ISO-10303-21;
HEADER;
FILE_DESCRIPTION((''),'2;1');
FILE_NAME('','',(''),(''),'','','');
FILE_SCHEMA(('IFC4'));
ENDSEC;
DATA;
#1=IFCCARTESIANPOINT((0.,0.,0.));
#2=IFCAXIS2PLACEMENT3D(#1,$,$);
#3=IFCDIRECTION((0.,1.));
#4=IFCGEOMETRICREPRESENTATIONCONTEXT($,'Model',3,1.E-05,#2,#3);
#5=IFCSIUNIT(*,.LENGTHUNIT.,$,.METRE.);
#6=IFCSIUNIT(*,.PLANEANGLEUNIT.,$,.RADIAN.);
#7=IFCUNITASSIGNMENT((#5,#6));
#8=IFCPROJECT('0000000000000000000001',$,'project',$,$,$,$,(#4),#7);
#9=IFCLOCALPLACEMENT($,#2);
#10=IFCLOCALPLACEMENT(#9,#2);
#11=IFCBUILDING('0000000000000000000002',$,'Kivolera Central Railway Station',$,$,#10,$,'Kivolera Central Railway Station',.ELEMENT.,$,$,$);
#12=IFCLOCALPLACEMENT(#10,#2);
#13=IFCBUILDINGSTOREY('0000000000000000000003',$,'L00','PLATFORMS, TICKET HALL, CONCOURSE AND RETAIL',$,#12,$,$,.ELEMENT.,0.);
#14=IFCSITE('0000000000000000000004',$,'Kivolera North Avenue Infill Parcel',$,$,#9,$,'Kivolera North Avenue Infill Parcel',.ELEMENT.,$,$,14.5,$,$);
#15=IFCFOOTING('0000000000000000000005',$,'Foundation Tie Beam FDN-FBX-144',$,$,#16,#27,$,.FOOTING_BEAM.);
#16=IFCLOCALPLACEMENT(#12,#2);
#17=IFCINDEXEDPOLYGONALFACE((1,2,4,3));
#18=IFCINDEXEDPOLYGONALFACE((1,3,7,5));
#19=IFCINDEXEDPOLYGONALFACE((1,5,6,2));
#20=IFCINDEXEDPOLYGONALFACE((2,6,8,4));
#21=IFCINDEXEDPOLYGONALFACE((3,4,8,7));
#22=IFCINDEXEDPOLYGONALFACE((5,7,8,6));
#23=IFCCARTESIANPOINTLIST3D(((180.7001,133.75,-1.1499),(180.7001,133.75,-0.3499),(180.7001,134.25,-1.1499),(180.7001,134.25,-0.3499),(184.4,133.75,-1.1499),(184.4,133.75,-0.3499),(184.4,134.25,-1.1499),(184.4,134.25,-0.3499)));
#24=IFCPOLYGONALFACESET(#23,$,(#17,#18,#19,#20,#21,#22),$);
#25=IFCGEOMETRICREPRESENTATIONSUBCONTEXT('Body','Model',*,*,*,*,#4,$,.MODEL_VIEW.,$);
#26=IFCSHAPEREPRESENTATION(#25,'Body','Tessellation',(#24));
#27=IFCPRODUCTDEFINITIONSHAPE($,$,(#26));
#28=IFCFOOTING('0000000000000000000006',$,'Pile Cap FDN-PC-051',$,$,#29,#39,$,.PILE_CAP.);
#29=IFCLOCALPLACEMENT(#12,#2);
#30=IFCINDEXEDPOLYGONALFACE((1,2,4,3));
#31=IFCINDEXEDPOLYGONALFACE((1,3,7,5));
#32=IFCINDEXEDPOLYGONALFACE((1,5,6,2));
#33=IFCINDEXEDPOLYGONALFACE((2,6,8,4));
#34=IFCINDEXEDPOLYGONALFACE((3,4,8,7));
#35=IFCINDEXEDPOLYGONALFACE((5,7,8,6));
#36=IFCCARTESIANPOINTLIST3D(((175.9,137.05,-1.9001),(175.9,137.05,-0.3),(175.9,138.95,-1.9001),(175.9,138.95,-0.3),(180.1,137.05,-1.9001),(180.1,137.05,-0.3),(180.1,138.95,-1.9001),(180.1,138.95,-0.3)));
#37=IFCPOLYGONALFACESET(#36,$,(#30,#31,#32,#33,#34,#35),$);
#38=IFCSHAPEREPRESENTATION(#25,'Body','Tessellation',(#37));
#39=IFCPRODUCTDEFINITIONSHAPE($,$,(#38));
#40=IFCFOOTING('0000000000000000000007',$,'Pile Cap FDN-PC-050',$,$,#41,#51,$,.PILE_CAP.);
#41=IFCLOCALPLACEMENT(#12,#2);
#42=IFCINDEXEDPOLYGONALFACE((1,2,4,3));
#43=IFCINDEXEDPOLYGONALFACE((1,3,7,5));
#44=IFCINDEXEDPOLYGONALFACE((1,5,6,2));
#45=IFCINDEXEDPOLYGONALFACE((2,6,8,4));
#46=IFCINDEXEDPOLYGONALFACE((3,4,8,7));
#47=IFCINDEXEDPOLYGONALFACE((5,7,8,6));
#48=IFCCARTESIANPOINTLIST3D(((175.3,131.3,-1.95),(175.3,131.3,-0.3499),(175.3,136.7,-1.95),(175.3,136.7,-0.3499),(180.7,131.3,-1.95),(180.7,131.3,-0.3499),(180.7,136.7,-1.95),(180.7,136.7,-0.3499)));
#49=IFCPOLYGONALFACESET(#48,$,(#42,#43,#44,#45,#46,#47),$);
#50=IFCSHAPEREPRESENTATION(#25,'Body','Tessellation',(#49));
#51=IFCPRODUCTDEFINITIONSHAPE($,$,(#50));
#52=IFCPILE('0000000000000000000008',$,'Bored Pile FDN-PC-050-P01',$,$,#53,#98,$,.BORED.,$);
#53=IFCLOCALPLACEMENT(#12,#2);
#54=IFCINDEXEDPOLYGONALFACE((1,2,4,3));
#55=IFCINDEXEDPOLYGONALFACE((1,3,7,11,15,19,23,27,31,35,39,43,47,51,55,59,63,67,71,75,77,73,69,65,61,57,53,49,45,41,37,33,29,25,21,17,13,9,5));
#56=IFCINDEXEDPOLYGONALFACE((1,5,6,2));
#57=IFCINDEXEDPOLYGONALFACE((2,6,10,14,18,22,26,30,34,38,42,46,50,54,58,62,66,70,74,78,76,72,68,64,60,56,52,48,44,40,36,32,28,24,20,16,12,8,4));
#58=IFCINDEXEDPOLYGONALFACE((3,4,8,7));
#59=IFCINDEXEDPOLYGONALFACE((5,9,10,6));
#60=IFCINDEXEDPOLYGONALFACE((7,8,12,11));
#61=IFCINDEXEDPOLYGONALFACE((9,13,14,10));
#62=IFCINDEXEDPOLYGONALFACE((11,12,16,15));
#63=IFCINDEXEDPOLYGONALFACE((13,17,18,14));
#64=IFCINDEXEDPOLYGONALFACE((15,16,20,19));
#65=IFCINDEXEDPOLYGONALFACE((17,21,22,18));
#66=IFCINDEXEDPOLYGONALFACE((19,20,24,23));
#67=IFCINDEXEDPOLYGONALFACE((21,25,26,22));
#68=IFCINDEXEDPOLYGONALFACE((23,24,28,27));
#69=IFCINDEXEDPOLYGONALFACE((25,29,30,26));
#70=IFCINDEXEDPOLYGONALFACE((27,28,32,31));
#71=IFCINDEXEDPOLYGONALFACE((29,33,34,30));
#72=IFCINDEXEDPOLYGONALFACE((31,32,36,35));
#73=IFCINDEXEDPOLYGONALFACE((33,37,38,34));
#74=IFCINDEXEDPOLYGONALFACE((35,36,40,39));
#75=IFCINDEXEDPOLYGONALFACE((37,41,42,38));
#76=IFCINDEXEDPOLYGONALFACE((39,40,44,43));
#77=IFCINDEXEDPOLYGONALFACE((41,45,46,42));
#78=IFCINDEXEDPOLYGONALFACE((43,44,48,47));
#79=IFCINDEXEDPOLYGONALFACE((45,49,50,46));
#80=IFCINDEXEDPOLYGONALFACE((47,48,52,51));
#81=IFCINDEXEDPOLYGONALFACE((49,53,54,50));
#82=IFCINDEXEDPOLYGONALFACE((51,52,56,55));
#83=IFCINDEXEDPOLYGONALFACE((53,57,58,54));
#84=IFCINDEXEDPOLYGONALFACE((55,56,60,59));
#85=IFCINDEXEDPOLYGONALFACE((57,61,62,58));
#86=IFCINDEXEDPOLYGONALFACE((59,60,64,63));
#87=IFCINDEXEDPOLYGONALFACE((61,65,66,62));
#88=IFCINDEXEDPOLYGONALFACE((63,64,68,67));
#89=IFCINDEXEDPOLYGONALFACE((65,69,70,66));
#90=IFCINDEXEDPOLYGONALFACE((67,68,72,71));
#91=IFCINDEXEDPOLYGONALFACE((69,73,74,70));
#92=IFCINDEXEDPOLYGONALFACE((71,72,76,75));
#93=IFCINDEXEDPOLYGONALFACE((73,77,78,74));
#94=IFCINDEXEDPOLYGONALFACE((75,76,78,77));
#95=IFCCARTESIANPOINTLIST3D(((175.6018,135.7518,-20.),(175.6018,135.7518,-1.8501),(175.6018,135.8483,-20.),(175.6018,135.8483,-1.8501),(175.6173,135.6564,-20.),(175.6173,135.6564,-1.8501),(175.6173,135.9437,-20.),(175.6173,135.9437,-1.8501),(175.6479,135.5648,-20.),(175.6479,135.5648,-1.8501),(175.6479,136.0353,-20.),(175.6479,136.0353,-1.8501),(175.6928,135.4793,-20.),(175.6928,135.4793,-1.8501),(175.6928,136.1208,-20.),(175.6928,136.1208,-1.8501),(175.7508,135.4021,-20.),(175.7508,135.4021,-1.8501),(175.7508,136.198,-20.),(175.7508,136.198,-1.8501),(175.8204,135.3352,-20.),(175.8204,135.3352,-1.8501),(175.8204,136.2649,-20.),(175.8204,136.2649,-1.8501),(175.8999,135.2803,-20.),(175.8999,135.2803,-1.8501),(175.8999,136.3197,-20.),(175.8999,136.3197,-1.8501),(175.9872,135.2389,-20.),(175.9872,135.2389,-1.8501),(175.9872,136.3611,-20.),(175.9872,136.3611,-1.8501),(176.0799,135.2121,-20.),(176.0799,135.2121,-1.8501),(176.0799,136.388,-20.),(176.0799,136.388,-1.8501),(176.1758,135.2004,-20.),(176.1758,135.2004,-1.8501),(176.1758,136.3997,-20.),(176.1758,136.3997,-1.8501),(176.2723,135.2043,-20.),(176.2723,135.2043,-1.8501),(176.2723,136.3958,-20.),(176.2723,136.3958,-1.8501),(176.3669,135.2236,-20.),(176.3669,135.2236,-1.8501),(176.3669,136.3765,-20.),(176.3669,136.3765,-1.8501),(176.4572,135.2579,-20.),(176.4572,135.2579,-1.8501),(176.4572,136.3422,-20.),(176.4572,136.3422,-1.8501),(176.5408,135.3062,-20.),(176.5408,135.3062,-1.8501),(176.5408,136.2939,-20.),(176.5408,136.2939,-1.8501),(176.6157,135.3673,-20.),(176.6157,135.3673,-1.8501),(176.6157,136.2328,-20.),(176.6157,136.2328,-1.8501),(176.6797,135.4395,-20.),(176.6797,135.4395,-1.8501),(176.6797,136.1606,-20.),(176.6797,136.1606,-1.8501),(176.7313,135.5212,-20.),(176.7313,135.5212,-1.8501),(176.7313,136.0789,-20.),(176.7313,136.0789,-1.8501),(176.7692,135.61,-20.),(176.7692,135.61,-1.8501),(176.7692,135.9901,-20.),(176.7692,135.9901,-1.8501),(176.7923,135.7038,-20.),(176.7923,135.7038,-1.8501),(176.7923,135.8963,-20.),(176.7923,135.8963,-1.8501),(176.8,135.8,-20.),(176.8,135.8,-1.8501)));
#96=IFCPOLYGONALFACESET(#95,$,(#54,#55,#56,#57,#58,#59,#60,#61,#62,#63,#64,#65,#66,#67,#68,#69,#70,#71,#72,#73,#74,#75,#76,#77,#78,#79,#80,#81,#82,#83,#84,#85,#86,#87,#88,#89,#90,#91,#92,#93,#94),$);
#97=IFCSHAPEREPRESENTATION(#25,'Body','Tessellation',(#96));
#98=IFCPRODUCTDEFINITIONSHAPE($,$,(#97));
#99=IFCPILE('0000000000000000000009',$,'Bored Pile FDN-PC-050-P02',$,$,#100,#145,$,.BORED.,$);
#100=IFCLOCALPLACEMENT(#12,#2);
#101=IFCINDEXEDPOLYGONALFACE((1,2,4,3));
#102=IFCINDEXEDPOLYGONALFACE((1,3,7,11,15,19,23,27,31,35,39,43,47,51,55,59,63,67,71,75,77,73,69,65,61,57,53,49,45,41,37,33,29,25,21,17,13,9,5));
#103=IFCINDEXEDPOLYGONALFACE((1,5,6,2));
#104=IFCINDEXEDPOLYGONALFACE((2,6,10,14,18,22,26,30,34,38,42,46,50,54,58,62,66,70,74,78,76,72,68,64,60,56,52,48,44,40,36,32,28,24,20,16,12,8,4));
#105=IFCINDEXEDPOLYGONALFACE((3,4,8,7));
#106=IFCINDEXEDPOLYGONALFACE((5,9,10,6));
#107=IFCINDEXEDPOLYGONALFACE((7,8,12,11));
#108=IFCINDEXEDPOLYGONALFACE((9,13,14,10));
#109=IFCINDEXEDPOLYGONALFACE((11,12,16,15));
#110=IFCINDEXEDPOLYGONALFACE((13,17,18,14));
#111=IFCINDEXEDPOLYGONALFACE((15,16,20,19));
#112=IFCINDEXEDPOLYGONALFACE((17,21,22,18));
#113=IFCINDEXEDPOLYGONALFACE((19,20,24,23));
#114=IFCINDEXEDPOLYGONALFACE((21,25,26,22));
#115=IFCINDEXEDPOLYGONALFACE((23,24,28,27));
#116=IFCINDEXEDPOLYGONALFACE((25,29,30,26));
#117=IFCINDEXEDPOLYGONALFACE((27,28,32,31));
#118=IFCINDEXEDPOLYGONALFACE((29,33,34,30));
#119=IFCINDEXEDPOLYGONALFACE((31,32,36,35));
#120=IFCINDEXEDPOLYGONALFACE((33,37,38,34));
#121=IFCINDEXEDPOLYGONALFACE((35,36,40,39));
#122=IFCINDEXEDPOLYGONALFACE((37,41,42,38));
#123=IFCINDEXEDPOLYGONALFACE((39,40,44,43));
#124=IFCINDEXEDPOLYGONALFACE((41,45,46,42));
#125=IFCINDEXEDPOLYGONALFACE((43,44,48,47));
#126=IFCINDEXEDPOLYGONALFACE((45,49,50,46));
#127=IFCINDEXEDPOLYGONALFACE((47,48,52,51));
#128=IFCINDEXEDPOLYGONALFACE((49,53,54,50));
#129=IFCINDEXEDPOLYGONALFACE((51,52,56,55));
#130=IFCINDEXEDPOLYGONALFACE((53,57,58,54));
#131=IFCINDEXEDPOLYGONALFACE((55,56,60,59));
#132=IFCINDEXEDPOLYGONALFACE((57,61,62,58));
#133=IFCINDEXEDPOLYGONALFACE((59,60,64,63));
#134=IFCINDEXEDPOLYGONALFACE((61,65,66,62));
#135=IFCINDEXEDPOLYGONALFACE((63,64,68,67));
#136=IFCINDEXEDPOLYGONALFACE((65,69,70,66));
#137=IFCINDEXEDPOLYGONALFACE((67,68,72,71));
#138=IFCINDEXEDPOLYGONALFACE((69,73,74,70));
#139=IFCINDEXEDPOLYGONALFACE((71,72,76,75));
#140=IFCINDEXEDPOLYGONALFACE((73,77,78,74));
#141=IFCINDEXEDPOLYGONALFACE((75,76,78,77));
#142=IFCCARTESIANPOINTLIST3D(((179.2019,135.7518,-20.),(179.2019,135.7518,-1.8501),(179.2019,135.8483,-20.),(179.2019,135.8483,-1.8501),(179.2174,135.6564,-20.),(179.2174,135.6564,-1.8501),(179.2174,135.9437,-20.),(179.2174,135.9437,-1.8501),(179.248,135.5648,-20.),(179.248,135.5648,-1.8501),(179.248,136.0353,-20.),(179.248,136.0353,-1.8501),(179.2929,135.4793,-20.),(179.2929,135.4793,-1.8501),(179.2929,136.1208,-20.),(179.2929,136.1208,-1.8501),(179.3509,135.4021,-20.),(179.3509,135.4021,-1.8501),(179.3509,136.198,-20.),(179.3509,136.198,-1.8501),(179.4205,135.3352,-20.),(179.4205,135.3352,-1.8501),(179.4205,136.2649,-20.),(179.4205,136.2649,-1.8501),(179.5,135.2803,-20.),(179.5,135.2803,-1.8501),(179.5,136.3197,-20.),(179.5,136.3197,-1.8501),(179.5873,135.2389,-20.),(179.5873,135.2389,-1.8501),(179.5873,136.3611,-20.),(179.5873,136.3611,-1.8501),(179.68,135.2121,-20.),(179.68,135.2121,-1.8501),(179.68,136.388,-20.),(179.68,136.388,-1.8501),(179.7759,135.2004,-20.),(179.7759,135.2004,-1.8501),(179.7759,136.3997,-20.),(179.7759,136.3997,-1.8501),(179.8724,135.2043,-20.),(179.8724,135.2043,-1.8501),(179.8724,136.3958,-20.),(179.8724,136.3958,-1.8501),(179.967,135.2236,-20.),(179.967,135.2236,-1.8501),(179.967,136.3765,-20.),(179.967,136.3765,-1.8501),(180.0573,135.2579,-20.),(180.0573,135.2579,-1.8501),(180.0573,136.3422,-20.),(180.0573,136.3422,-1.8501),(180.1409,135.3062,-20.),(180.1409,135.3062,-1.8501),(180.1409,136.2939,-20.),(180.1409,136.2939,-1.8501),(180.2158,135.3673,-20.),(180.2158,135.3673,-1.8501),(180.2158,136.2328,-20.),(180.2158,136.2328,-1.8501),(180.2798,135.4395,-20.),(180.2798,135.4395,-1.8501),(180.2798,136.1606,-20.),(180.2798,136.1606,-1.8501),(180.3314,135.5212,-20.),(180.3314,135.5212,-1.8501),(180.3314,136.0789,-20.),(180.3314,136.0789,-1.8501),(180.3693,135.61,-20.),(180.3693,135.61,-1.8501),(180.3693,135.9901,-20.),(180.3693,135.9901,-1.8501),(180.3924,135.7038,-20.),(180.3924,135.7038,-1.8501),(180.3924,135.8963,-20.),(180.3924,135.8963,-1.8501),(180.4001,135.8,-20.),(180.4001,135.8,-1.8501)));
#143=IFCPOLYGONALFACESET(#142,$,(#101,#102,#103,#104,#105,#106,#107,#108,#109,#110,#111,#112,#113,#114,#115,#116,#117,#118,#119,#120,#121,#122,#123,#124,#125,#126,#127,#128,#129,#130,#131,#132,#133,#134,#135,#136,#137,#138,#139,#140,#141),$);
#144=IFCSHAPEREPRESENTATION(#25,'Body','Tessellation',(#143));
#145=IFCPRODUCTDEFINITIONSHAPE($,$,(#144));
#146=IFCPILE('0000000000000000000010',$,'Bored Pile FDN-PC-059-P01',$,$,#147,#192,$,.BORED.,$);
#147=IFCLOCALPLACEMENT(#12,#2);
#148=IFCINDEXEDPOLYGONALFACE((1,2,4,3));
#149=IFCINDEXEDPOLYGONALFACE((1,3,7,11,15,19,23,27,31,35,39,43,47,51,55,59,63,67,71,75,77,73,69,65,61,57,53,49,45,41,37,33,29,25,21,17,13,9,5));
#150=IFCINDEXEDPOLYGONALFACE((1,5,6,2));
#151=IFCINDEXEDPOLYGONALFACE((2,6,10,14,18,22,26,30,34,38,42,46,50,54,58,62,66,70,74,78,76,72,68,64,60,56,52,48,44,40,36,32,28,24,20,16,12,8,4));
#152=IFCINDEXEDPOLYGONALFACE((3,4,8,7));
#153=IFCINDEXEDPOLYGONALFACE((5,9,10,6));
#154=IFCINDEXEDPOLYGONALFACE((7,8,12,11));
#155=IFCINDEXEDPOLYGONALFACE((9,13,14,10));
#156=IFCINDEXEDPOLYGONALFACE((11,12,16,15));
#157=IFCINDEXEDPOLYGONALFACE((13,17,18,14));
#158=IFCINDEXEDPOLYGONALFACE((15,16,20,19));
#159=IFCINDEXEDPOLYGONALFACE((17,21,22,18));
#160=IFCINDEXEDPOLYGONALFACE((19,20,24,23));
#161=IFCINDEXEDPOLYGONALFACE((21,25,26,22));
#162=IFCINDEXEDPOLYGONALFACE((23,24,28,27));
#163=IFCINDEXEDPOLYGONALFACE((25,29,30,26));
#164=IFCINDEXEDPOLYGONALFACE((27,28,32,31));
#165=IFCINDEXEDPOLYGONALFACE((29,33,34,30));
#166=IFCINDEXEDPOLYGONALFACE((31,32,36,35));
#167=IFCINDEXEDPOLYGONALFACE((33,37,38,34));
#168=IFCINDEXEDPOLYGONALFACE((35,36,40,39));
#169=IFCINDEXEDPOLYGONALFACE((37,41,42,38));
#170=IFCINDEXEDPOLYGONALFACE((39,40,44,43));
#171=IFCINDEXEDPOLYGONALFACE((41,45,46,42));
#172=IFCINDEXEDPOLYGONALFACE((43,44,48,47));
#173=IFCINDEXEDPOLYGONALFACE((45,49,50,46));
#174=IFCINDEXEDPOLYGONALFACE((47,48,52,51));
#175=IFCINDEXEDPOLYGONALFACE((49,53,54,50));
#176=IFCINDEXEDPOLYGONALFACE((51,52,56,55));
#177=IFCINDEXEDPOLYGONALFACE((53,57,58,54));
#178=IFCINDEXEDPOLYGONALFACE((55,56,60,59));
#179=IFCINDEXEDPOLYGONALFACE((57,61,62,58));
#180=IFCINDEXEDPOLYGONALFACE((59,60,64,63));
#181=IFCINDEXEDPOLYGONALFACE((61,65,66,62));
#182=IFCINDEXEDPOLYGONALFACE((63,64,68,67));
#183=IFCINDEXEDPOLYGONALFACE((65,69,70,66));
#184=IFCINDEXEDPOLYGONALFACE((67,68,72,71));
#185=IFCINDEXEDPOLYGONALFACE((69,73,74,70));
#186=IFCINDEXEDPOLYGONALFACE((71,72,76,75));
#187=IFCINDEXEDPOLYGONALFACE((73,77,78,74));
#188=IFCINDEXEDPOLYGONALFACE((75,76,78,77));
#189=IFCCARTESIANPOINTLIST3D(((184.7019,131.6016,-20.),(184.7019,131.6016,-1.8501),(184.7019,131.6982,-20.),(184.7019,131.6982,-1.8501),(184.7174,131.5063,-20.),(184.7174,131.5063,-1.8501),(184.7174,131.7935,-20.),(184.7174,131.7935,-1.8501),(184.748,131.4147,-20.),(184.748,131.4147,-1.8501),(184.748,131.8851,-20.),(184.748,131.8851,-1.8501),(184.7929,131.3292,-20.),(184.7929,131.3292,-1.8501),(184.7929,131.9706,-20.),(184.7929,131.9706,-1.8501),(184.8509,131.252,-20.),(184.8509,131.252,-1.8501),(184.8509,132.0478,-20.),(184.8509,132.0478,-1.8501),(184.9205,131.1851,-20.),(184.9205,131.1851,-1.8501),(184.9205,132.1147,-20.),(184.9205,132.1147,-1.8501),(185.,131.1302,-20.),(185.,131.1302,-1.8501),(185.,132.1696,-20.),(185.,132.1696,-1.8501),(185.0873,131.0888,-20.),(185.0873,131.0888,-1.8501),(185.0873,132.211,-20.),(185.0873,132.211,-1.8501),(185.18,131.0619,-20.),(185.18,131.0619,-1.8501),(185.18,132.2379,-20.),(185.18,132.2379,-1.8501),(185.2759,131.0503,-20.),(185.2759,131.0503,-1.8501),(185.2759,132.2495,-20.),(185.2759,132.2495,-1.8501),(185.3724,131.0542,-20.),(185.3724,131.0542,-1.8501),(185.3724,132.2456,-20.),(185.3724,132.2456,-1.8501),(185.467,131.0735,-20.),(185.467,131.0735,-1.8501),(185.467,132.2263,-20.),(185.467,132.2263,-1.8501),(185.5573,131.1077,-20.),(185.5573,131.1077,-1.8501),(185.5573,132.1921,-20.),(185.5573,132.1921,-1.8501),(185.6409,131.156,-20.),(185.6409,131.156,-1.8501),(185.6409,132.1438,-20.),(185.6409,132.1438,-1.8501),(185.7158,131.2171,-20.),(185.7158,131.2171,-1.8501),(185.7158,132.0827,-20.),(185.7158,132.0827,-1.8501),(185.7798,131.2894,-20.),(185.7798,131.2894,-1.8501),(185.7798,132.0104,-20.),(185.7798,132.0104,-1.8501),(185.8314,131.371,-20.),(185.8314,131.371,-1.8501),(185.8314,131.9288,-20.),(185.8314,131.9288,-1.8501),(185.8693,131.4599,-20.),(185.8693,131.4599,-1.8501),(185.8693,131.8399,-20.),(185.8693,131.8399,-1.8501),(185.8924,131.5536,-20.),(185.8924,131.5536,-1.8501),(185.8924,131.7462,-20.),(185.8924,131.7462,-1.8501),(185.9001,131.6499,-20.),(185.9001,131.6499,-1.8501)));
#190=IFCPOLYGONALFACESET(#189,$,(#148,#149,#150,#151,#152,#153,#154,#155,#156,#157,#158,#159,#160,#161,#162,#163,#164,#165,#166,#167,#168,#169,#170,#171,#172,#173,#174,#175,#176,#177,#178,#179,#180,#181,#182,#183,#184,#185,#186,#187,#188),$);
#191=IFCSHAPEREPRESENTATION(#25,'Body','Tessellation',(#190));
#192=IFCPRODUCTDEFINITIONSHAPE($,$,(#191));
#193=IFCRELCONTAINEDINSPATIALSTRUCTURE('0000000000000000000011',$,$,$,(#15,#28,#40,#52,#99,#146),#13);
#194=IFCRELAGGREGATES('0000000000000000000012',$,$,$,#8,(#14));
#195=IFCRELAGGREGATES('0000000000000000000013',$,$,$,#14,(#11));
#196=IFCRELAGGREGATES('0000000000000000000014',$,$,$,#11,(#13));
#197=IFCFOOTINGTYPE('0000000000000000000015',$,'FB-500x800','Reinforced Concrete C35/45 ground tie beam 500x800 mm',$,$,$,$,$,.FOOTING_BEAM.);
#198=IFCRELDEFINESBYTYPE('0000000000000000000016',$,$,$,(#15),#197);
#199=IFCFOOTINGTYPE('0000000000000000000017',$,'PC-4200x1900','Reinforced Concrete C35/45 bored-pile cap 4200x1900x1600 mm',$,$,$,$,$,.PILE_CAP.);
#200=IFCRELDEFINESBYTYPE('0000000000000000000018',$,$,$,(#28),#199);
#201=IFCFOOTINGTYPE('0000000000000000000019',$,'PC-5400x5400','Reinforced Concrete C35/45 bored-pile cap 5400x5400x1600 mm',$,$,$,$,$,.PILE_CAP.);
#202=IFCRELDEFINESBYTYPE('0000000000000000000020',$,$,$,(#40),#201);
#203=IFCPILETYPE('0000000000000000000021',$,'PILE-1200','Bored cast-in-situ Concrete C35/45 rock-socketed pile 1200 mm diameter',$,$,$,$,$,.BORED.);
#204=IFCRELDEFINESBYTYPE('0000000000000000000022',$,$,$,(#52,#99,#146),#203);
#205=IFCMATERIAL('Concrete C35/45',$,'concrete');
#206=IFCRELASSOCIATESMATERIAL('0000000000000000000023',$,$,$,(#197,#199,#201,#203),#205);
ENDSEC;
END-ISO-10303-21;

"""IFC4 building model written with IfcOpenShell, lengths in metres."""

from ifc_helpers import new_model, si_unit, direction, frame, origin, origin_2d, place, context, subcontext, project, spatial, rectangle, circle, extrude, material, material_profile, profile_set, type_object, element, save


model = new_model("IFC4")

# Units and contexts
model_context = context("Model", 3, precision=1e-05, world=origin(), true_north=direction((0.0, 1.0)))
body_context = subcontext(model_context, "Body", "Model", "MODEL_VIEW")
ifc_project = project(units=[si_unit("LENGTHUNIT", "METRE"), si_unit("PLANEANGLEUNIT", "RADIAN")], contexts=[model_context])

# Site, building, storey
site_placement = place(None, origin())
site = spatial("IfcSite", under=ifc_project, at=site_placement, Name="Kivolera North Avenue Infill Parcel", LongName="Kivolera North Avenue Infill Parcel", CompositionType="ELEMENT", RefElevation=14.5)
building_placement = place(site_placement, origin())
building = spatial("IfcBuilding", under=site, at=building_placement, Name="Kivolera Central Railway Station", LongName="Kivolera Central Railway Station", CompositionType="ELEMENT")
storey_placement = place(building_placement, origin())
storey = spatial("IfcBuildingStorey", under=building, at=storey_placement, Name="L00", Description="PLATFORMS, TICKET HALL, CONCOURSE AND RETAIL", CompositionType="ELEMENT", Elevation=0.0)

# Footings
ifc_material_1 = material(Name="Concrete C35/45", Category="concrete")
footing_type_1 = type_object("IfcFootingType", Name="FB-500x800", Description="Reinforced Concrete C35/45 ground tie beam 500x800 mm", PredefinedType="FOOTING_BEAM", material=ifc_material_1)
footing_1_placement = place(storey_placement, frame((182.55, 134.0, -1.1499), z_axis=(0.0, 0.0, 1.0), x_axis=(1.0, 0.0, 0.0)))
element("IfcFooting", 1, at=footing_1_placement, inside=storey, type_object=footing_type_1, Name="Foundation Tie Beam FDN-FBX-144", PredefinedType="FOOTING_BEAM", context=body_context, shape_type="SweptSolid", body=[
    extrude(rectangle(XDim=3.7, YDim=0.5, at=origin_2d()), origin(), (0.0, 0.0, 1.0), 0.8),
])
footing_type_2 = type_object("IfcFootingType", Name="PC-4200x1900", Description="Reinforced Concrete C35/45 bored-pile cap 4200x1900x1600 mm", PredefinedType="PILE_CAP", material=ifc_material_1)
footing_2_placement = place(storey_placement, frame((178.0, 138.0, -1.9001), z_axis=(0.0, 0.0, 1.0), x_axis=(1.0, 0.0, 0.0)))
element("IfcFooting", 2, at=footing_2_placement, inside=storey, type_object=footing_type_2, Name="Pile Cap FDN-PC-051", PredefinedType="PILE_CAP", context=body_context, shape_type="SweptSolid", body=[
    extrude(rectangle(XDim=4.2, YDim=1.8999, at=origin_2d()), origin(), (0.0, 0.0, 1.0), 1.6001),
])
footing_type_3 = type_object("IfcFootingType", Name="PC-5400x5400", Description="Reinforced Concrete C35/45 bored-pile cap 5400x5400x1600 mm", PredefinedType="PILE_CAP", material=ifc_material_1)
footing_3_placement = place(storey_placement, frame((178.0, 134.0, -1.95), z_axis=(0.0, 0.0, 1.0), x_axis=(1.0, 0.0, 0.0)))
element("IfcFooting", 3, at=footing_3_placement, inside=storey, type_object=footing_type_3, Name="Pile Cap FDN-PC-050", PredefinedType="PILE_CAP", context=body_context, shape_type="SweptSolid", body=[
    extrude(rectangle(XDim=5.3999, YDim=5.3999, at=origin_2d()), origin(), (0.0, 0.0, 1.0), 1.6001),
])

# Piles
ifc_material_profile_1 = material_profile(ifc_material_1, circle(Radius=0.6001, at=origin_2d()), Name="PILE D1200")
ifc_profile_set_1 = profile_set([ifc_material_profile_1], Name="Concrete C35/45")
pile_type = type_object("IfcPileType", Name="PILE-1200", Description="Bored cast-in-situ Concrete C35/45 rock-socketed pile 1200 mm diameter", PredefinedType="BORED", material=ifc_profile_set_1)
for number, where, z_axis, x_axis, name in (
    (4, (176.2, 135.8, -1.8501), (0.0, 0.0, -1.0), (1.0, 0.0, 0.0), "Bored Pile FDN-PC-050-P01"),
    (5, (179.8, 135.8, -1.8501), (0.0, 0.0, -1.0), (1.0, 0.0, 0.0), "Bored Pile FDN-PC-050-P02"),
    (6, (185.3, 131.6499, -1.8501), (0.0, 0.0, -1.0), (1.0, 0.0, 0.0), "Bored Pile FDN-PC-059-P01"),
):
    element("IfcPile", number, at=place(storey_placement, frame(where, z_axis=z_axis, x_axis=x_axis)), inside=storey, type_object=pile_type, Name=name, PredefinedType="BORED", context=body_context, shape_type="SweptSolid", body=[
        extrude(circle(Radius=0.6001, at=origin_2d()), origin(), (0.0, 0.0, 1.0), 18.1499),
    ])

save(model, "model.ifc")
